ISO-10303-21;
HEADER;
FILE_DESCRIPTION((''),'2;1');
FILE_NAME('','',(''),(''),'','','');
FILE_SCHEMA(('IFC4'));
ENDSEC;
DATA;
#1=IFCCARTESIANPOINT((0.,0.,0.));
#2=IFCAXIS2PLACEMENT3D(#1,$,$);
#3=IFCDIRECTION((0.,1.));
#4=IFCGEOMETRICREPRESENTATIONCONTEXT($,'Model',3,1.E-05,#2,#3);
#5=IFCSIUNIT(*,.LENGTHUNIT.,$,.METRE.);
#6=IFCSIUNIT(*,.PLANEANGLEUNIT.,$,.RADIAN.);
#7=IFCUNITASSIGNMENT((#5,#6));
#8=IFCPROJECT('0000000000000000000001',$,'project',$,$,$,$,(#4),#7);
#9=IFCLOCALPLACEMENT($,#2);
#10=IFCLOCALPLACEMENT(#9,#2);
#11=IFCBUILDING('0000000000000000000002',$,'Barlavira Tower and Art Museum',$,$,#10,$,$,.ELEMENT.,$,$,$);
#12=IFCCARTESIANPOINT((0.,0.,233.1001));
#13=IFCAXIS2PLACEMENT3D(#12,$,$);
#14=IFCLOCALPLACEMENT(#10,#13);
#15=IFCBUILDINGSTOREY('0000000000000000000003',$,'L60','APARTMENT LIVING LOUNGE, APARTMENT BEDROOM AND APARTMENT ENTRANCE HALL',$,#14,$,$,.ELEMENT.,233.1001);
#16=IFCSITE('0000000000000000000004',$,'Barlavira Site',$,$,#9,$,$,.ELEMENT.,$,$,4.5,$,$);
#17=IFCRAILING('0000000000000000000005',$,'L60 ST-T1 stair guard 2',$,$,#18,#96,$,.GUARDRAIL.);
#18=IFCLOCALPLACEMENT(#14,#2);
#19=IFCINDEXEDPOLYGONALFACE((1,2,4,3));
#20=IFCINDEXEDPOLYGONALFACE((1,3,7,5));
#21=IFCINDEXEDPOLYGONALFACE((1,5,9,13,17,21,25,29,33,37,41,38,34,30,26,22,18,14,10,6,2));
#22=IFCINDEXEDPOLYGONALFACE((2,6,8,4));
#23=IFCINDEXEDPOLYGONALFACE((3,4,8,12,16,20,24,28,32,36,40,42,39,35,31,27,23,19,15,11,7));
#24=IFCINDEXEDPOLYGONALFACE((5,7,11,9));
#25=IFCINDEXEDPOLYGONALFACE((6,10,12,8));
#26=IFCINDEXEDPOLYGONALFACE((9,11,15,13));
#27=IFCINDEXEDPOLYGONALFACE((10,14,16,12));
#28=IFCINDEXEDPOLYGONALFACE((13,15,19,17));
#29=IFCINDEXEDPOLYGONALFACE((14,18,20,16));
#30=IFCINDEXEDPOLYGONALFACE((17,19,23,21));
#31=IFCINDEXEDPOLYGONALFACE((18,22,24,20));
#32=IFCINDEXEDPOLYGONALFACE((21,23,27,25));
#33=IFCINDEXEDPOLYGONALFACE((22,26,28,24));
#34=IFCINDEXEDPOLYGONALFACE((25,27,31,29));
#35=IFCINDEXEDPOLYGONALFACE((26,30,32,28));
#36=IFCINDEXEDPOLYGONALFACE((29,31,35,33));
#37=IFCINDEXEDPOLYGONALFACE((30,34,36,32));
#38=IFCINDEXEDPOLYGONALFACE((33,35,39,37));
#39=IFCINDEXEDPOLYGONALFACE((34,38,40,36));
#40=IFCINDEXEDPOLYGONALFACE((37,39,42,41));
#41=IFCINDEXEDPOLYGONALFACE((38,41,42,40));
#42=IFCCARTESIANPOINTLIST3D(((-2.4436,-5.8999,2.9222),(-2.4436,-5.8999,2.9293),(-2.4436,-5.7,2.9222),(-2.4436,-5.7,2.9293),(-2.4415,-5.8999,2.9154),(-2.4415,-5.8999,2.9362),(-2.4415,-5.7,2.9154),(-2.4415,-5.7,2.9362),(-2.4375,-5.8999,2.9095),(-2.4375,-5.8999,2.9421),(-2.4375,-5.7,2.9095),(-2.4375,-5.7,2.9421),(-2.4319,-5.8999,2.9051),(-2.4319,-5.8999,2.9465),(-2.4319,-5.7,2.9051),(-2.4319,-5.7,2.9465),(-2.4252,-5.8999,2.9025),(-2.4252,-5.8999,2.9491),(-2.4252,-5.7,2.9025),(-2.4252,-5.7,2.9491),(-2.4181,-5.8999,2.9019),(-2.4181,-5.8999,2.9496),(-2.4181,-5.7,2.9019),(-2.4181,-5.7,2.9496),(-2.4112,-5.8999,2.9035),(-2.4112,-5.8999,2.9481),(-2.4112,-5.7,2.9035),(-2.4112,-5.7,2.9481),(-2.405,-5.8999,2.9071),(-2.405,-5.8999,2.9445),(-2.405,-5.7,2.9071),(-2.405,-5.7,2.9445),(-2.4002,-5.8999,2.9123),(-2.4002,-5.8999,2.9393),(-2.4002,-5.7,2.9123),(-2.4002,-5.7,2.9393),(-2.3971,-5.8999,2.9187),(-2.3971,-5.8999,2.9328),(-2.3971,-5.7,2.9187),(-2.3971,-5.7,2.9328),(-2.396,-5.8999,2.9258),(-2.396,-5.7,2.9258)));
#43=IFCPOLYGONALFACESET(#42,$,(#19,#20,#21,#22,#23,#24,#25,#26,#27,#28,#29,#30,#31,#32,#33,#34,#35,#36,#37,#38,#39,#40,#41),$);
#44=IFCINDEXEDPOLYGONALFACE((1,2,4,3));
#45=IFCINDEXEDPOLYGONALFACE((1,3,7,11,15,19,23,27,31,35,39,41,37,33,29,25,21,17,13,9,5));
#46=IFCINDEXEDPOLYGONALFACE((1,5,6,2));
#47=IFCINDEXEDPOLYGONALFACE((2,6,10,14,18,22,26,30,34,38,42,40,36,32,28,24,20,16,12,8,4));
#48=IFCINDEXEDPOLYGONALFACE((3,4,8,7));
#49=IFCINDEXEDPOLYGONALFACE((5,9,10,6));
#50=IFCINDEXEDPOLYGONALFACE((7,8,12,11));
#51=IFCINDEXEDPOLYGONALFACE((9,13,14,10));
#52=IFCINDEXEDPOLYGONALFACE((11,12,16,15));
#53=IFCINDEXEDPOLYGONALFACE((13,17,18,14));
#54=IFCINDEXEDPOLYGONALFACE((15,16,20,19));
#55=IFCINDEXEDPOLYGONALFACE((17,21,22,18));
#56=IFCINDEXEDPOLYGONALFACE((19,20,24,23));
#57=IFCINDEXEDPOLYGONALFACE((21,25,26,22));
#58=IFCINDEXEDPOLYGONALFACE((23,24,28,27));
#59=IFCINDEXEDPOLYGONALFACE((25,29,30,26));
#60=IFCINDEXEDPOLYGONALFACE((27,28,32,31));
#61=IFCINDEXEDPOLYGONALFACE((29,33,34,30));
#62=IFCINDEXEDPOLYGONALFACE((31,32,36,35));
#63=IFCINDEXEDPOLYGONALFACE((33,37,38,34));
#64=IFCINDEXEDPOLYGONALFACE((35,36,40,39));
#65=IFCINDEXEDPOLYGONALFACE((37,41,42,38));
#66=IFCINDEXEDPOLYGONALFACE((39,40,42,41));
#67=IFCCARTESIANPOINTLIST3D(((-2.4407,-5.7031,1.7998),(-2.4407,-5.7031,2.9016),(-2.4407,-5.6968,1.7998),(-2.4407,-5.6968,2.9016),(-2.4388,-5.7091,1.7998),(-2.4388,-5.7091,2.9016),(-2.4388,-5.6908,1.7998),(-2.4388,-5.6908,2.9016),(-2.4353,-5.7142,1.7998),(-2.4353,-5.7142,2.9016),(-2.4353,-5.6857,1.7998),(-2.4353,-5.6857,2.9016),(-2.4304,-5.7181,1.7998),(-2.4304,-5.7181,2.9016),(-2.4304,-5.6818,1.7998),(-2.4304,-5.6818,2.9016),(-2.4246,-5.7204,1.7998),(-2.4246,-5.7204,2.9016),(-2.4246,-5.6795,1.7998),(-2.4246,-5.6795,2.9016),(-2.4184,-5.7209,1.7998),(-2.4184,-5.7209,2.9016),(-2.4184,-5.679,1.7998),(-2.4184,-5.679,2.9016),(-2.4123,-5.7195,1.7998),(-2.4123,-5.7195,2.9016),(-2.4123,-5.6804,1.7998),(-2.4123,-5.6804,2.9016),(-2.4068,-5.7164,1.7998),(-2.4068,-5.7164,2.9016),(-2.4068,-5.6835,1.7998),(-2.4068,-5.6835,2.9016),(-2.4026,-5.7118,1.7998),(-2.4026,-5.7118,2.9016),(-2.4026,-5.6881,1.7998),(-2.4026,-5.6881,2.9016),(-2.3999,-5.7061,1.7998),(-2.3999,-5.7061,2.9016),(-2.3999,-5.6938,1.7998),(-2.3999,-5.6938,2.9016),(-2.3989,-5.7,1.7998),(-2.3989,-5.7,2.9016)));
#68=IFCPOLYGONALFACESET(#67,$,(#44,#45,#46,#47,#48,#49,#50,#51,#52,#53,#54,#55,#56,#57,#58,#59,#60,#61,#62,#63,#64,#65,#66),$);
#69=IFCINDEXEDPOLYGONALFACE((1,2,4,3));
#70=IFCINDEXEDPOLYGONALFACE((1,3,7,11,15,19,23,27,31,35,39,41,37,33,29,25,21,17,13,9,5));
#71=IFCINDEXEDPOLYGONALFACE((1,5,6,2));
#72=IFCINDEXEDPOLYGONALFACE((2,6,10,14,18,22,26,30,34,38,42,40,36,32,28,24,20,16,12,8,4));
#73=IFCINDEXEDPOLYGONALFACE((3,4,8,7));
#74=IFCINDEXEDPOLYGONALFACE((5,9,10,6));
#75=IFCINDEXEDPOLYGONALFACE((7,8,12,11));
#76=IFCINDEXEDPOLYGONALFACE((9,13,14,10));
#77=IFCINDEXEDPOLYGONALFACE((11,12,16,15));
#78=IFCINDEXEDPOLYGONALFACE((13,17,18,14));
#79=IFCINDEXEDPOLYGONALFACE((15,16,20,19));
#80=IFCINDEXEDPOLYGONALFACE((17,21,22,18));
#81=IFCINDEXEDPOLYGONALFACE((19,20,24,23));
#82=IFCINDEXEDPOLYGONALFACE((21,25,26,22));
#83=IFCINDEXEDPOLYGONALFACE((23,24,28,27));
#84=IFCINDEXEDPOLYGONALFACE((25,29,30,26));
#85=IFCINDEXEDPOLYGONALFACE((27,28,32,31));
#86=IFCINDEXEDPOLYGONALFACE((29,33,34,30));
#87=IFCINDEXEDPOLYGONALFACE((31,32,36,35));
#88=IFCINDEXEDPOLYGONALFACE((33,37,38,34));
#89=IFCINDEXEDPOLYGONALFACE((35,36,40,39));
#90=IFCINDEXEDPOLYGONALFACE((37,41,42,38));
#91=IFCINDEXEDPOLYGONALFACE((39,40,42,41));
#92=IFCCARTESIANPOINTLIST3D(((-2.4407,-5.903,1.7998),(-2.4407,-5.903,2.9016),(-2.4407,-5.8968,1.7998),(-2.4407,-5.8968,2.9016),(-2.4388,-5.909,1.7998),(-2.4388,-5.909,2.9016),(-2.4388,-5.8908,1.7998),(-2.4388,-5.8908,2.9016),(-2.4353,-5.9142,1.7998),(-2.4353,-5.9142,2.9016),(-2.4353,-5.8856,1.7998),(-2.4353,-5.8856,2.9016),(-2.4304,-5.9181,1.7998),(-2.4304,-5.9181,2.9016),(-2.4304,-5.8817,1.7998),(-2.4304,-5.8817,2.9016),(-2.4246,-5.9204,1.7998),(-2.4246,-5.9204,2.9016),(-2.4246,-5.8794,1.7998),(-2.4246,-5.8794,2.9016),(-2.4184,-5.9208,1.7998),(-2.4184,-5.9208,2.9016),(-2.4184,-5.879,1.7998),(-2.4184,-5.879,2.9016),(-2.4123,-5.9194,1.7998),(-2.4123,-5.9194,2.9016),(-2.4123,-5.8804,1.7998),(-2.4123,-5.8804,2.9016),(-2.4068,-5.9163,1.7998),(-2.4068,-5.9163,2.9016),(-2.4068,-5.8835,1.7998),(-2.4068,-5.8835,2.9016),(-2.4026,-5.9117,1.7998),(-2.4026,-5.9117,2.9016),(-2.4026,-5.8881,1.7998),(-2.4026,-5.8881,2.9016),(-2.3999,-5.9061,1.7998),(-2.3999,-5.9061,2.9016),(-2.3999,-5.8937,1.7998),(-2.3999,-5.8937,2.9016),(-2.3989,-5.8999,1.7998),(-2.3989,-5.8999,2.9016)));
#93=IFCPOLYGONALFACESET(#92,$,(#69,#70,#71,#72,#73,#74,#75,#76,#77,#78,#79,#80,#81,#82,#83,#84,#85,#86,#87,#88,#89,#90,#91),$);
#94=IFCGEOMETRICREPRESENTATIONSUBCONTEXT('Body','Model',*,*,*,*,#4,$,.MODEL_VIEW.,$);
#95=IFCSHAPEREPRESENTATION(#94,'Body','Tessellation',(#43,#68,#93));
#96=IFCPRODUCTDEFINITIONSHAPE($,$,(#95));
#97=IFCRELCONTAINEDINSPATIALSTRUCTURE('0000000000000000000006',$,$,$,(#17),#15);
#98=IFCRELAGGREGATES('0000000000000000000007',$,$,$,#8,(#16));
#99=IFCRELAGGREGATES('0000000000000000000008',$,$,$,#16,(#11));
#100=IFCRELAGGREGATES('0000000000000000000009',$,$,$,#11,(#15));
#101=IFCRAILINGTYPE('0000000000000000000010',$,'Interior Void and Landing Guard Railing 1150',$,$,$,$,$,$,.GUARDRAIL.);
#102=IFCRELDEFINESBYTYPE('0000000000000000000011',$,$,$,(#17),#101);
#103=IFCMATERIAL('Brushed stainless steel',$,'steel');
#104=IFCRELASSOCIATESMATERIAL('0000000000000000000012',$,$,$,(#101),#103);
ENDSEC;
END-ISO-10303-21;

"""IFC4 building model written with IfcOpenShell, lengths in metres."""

from ifc_helpers import new_model, si_unit, direction, frame, origin, origin_2d, place, context, subcontext, project, spatial, circle, extrude, material, type_object, element, save


model = new_model("IFC4")

# Units and contexts
model_context = context("Model", 3, precision=1e-05, world=origin(), true_north=direction((0.0, 1.0)))
body_context = subcontext(model_context, "Body", "Model", "MODEL_VIEW")
ifc_project = project(units=[si_unit("LENGTHUNIT", "METRE"), si_unit("PLANEANGLEUNIT", "RADIAN")], contexts=[model_context])

# Site, building, storey
site_placement = place(None, origin())
site = spatial("IfcSite", under=ifc_project, at=site_placement, Name="Barlavira Site", CompositionType="ELEMENT", RefElevation=4.5)
building_placement = place(site_placement, origin())
building = spatial("IfcBuilding", under=site, at=building_placement, Name="Barlavira Tower and Art Museum", CompositionType="ELEMENT")
storey_placement = place(building_placement, frame((0.0, 0.0, 233.1001)))
storey = spatial("IfcBuildingStorey", under=building, at=storey_placement, Name="L60", Description="APARTMENT LIVING LOUNGE, APARTMENT BEDROOM AND APARTMENT ENTRANCE HALL", CompositionType="ELEMENT", Elevation=233.1001)

# Shared definitions
ifc_material_1 = material(Name="Brushed stainless steel", Category="steel")

# Railing
railing_type_1 = type_object("IfcRailingType", Name="Interior Void and Landing Guard Railing 1150", PredefinedType="GUARDRAIL", material=ifc_material_1)
railing_1_placement = place(storey_placement, frame((-2.4199, -5.7, 1.7998)))
element("IfcRailing", 1, at=railing_1_placement, inside=storey, type_object=railing_type_1, Name="L60 ST-T1 stair guard 2", PredefinedType="GUARDRAIL", context=body_context, shape_type="SweptSolid", body=[
    extrude(circle(Radius=0.0239, at=origin_2d()), frame((0.0, 0.0, 1.126), z_axis=(0.0, -1.0, 0.0), x_axis=(1.0, 0.0, 0.0)), (0.0, 0.0, 1.0), 0.2),
    extrude(circle(Radius=0.021, at=origin_2d()), origin(), (0.0, 0.0, 1.0), 1.1018),
    extrude(circle(Radius=0.021, at=origin_2d()), frame((0.0, -0.2, 0.0)), (0.0, 0.0, 1.0), 1.1018),
])

save(model, "model.ifc")
